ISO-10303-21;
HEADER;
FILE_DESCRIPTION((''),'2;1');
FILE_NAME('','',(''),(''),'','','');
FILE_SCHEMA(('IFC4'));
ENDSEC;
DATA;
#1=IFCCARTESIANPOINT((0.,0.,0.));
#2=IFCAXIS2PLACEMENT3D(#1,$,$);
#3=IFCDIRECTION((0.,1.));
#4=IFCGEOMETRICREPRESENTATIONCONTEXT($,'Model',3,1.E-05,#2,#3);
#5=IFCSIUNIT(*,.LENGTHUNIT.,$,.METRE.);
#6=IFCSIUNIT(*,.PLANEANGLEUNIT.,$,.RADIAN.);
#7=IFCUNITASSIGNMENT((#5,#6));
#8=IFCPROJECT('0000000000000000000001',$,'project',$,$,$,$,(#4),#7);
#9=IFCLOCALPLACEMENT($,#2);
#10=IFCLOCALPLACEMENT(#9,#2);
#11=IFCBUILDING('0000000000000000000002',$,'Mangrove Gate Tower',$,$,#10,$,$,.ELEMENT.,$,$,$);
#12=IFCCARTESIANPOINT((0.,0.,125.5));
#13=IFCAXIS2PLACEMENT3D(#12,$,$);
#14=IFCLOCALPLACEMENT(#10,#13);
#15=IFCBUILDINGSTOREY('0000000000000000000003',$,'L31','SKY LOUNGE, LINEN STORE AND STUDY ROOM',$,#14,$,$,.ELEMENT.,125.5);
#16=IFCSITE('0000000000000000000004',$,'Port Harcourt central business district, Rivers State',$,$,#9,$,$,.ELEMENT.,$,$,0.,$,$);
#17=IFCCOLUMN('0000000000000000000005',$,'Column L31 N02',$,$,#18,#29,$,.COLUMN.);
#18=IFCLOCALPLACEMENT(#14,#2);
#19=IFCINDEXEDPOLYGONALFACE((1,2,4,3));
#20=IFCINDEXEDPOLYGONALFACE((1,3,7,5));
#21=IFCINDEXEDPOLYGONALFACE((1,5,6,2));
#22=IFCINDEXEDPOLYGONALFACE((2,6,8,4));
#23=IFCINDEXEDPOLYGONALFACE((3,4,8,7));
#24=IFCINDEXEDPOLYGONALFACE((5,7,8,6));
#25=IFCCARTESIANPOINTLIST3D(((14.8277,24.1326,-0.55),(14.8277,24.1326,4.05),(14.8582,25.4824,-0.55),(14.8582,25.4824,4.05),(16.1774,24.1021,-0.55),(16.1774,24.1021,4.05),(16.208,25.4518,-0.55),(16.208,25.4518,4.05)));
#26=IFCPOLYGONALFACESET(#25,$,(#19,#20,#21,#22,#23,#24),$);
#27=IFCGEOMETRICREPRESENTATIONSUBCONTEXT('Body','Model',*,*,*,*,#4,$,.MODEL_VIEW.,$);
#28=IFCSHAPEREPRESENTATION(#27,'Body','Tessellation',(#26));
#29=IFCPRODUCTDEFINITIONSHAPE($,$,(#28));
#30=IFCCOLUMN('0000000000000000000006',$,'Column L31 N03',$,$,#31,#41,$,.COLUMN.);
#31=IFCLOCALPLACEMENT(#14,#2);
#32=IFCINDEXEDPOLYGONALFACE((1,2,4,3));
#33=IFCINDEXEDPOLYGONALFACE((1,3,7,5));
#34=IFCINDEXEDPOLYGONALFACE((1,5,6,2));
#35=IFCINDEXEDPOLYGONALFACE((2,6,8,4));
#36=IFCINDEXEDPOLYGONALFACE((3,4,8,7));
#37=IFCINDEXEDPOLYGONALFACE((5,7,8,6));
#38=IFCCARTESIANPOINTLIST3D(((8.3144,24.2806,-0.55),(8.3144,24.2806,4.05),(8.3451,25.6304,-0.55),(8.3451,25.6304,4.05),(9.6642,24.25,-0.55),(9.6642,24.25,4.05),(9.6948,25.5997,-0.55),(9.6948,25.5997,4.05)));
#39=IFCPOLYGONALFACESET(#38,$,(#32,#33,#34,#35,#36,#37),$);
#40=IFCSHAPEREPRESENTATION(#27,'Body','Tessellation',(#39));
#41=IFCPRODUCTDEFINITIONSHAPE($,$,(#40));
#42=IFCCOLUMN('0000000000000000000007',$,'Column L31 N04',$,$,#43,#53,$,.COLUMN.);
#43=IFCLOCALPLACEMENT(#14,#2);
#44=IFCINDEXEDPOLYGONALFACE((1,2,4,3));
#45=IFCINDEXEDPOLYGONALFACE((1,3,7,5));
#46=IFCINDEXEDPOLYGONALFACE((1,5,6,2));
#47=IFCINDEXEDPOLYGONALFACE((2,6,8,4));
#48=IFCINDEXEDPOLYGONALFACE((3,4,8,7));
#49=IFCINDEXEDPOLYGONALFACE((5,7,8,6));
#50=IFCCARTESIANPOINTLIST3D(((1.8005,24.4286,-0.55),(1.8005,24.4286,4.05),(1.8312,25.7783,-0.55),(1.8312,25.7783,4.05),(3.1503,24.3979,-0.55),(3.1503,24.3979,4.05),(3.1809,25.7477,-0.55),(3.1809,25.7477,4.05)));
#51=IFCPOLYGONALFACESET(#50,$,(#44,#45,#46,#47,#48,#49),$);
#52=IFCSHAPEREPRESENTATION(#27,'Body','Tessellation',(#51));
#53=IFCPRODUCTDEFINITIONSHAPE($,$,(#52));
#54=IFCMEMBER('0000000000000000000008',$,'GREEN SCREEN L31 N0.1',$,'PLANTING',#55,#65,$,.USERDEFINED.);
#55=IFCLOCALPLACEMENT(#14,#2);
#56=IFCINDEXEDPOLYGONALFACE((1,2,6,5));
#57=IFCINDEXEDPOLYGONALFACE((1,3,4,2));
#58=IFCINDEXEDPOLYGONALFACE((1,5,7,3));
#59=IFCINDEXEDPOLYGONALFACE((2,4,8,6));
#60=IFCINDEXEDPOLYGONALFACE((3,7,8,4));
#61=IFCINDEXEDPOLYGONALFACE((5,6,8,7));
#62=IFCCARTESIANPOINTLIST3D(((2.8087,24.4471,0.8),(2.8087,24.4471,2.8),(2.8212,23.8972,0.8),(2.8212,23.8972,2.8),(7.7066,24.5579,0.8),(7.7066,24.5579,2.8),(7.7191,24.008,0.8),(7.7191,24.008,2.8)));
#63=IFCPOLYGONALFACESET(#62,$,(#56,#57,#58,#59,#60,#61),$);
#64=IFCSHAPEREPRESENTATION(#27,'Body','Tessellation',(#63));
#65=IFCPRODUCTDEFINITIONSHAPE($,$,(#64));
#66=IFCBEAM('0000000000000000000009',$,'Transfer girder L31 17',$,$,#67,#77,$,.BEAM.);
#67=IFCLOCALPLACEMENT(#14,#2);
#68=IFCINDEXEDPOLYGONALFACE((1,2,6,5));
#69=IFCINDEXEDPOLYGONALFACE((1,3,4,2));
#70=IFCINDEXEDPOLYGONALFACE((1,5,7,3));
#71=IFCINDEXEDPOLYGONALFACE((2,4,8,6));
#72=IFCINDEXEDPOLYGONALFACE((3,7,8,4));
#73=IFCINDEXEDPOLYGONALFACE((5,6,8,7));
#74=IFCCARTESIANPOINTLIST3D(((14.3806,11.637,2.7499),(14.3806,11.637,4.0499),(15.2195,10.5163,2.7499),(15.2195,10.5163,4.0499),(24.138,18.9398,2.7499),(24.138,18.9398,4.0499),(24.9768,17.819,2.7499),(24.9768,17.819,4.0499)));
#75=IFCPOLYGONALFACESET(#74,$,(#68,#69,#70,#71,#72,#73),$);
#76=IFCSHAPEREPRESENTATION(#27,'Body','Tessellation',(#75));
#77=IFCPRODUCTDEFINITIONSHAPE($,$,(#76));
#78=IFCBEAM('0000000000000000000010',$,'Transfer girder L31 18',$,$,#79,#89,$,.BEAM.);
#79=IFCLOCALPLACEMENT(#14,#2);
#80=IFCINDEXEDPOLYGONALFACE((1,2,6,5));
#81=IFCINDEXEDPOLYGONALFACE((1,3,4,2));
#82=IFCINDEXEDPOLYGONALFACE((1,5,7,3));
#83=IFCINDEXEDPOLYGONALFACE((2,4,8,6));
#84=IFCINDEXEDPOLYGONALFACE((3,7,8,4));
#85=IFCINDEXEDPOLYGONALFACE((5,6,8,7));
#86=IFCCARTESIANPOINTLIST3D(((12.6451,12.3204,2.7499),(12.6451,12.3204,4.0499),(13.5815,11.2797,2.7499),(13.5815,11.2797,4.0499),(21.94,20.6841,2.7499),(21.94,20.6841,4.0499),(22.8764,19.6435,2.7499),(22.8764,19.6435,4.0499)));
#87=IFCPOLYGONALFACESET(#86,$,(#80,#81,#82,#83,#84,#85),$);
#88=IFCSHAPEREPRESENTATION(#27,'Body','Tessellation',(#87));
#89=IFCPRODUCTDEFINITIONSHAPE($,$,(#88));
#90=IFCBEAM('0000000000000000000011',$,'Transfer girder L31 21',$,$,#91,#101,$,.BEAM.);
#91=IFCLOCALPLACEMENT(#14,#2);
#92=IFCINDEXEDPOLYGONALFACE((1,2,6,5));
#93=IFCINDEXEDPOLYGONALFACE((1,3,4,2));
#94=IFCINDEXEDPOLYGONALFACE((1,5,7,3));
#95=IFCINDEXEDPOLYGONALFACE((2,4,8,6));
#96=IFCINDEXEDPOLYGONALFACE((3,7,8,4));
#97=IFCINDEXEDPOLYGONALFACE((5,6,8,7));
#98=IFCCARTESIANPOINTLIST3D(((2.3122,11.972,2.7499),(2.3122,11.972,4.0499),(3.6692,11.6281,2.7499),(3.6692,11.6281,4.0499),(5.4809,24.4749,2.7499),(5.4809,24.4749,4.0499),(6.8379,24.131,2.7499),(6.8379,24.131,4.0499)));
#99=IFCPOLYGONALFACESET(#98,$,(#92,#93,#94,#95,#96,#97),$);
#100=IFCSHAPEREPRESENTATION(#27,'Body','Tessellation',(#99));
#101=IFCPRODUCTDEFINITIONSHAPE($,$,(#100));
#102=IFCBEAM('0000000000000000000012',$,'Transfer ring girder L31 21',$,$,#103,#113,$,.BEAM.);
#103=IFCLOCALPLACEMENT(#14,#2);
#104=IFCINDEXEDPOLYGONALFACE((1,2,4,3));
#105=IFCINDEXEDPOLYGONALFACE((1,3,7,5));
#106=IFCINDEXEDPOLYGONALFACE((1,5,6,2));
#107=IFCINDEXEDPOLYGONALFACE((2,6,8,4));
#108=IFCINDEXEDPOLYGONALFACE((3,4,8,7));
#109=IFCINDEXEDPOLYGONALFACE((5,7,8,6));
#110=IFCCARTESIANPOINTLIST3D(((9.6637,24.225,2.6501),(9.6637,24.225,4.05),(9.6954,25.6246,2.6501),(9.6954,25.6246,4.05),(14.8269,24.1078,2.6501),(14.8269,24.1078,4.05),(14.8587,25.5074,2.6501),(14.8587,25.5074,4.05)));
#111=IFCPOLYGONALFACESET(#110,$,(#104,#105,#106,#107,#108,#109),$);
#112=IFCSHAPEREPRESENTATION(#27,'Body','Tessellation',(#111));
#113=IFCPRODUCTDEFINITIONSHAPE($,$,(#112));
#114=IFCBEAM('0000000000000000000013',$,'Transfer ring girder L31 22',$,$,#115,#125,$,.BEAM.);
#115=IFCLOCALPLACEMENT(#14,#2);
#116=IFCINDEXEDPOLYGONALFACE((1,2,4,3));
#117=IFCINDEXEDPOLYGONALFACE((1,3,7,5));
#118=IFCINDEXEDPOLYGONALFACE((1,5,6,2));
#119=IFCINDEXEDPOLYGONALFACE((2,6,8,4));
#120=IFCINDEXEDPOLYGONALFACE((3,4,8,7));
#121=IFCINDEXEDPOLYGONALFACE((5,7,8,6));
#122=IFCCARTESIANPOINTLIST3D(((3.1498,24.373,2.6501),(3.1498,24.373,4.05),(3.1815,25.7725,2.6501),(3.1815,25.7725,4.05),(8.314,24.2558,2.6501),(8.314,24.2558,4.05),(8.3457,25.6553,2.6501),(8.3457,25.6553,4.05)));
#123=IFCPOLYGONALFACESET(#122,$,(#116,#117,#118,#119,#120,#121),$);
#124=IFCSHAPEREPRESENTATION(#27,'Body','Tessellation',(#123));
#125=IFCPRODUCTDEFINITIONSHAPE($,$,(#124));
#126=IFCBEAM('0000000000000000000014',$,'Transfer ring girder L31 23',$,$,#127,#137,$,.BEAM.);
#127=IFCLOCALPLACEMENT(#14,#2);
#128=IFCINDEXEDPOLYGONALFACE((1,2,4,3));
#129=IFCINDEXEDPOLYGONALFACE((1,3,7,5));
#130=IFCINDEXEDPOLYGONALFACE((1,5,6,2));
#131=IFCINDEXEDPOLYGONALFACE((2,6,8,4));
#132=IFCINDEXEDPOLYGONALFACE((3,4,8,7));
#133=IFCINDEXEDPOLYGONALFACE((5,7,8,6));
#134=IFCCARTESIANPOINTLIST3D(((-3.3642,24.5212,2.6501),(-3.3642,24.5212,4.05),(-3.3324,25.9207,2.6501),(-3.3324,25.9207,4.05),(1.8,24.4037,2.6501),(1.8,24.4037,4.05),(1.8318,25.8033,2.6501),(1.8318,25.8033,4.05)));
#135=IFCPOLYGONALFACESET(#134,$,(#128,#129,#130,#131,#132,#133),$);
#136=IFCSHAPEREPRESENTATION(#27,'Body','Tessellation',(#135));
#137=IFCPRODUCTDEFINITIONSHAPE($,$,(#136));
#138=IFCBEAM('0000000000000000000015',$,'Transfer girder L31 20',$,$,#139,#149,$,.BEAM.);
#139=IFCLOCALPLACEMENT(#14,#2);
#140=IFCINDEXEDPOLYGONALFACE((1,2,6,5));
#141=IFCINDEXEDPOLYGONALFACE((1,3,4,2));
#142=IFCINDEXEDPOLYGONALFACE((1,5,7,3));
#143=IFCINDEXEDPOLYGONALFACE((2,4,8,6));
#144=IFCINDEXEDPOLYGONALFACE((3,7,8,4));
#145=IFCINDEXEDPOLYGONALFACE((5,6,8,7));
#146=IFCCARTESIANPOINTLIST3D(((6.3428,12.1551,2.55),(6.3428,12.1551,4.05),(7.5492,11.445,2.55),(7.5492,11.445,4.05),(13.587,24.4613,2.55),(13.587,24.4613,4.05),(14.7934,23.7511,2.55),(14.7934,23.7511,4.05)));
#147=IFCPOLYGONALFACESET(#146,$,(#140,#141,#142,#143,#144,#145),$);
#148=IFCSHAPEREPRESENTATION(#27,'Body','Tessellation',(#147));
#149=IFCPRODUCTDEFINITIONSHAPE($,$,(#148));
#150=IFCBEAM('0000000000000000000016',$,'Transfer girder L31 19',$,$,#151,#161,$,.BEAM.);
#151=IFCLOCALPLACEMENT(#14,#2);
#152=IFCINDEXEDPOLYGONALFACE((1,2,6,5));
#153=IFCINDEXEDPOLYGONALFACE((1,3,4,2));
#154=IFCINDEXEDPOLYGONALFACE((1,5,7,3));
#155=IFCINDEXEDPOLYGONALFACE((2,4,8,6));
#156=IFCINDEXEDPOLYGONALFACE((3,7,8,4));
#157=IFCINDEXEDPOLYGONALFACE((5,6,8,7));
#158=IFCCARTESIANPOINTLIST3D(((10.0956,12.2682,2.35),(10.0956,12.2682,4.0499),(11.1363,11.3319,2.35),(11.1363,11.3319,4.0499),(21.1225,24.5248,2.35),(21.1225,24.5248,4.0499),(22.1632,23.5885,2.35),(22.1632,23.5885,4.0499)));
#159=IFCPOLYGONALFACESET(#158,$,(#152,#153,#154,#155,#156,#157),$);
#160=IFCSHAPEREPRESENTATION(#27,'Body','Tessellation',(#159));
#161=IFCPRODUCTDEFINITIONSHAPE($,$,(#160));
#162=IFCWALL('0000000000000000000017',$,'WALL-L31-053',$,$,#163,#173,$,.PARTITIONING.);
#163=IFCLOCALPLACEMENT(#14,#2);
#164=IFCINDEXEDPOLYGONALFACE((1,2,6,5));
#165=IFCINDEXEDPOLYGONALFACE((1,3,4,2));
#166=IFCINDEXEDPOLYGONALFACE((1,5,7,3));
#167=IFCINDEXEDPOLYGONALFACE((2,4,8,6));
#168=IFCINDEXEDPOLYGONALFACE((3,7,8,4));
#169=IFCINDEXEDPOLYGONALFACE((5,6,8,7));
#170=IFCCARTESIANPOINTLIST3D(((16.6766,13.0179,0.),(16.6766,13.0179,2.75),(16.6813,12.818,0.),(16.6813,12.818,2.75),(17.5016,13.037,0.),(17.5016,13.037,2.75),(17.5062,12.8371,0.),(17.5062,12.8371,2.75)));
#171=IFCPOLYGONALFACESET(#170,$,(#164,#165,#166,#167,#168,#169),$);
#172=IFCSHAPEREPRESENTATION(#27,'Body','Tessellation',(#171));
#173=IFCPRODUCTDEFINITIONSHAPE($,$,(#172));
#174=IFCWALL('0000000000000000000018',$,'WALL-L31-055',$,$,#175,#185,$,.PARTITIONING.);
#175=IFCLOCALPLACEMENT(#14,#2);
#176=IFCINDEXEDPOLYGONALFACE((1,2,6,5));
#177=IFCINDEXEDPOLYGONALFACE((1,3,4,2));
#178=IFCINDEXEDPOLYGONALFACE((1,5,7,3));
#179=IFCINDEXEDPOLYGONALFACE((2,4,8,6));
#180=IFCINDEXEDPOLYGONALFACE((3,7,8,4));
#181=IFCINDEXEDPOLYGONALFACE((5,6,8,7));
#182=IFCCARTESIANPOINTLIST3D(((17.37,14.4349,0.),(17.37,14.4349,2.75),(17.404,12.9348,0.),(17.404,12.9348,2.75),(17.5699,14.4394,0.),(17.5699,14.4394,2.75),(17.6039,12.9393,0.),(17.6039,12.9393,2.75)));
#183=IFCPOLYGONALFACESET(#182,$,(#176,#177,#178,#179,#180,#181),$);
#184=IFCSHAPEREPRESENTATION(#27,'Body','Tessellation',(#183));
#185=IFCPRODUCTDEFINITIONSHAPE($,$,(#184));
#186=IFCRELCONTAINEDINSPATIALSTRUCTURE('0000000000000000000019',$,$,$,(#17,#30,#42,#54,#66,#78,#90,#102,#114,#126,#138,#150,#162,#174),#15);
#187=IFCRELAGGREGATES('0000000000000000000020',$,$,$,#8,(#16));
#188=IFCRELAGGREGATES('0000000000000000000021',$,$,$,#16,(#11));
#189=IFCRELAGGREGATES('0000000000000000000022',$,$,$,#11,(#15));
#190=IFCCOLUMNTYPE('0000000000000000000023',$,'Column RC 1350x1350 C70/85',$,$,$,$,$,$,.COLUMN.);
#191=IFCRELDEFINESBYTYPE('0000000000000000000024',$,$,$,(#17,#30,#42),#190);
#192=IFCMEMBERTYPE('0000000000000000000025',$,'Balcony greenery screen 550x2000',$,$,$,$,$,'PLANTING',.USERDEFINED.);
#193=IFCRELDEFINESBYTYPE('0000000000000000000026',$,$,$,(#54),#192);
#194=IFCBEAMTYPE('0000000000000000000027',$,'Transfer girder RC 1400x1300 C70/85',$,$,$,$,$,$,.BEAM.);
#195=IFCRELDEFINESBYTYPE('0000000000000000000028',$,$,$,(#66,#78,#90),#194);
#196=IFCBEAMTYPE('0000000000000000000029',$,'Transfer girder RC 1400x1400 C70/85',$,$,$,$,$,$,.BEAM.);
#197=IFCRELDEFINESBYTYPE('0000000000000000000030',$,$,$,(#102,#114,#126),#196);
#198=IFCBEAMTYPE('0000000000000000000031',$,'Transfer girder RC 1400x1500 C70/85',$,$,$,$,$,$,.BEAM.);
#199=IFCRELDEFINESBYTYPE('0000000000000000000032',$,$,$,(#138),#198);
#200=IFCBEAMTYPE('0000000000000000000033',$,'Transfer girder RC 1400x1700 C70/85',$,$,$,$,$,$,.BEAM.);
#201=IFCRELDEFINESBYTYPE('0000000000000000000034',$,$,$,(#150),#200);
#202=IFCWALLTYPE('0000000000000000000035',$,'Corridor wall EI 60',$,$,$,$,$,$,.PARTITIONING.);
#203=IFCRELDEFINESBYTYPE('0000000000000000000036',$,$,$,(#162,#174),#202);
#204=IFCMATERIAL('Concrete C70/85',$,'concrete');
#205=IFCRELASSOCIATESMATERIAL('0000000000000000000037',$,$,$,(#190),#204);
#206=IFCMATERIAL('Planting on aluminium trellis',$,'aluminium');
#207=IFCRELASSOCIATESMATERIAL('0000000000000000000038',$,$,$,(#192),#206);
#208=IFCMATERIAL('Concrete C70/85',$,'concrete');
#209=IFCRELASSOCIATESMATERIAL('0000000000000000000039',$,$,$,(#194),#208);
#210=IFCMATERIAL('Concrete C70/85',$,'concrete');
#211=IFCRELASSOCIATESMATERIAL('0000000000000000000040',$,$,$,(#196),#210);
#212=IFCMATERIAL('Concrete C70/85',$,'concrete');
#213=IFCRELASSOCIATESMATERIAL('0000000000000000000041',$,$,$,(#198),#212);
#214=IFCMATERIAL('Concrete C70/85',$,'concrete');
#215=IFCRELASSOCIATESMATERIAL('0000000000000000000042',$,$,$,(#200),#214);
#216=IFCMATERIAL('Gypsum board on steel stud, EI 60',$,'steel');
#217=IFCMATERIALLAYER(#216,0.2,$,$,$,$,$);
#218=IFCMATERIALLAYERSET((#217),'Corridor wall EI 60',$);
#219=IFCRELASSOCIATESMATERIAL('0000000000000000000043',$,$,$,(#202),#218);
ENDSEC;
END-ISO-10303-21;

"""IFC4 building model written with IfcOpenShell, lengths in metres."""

from ifc_helpers import new_model, si_unit, direction, frame, frame_2d, origin, origin_2d, place, context, subcontext, project, spatial, rectangle, extrude, material, layer, layer_set, material_profile, profile_set, type_object, element, save


model = new_model("IFC4")

# Units and contexts
model_context = context("Model", 3, precision=1e-05, world=origin(), true_north=direction((0.0, 1.0)))
body_context = subcontext(model_context, "Body", "Model", "MODEL_VIEW")
ifc_project = project(units=[si_unit("LENGTHUNIT", "METRE"), si_unit("PLANEANGLEUNIT", "RADIAN")], contexts=[model_context])

# Site, building, storey
site_placement = place(None, origin())
site = spatial("IfcSite", under=ifc_project, at=site_placement, Name="Port Harcourt central business district, Rivers State", CompositionType="ELEMENT", RefElevation=0.0)
building_placement = place(site_placement, origin())
building = spatial("IfcBuilding", under=site, at=building_placement, Name="Mangrove Gate Tower", CompositionType="ELEMENT")
storey_placement = place(building_placement, frame((0.0, 0.0, 125.5)))
storey = spatial("IfcBuildingStorey", under=building, at=storey_placement, Name="L31", Description="SKY LOUNGE, LINEN STORE AND STUDY ROOM", CompositionType="ELEMENT", Elevation=125.5)

# Columns
ifc_material_1 = material(Name="Concrete C70/85", Category="concrete")
ifc_material_profile_1 = material_profile(ifc_material_1, rectangle(XDim=1.3501, YDim=1.3501, at=origin_2d()))
ifc_profile_set_1 = profile_set([ifc_material_profile_1], Name="Concrete C70/85")
column_type = type_object("IfcColumnType", Name="Column RC 1350x1350 C70/85", PredefinedType="COLUMN", material=ifc_profile_set_1)
for number, where, z_axis, x_axis, name in (
    (1, (15.5178, 24.7922, -0.55), (0.0, 0.0, 1.0), (-0.999744, 0.022639, 0.0), "Column L31 N02"),
    (2, (9.0046, 24.9402, -0.55), (0.0, 0.0, 1.0), (-0.999742, 0.022716, 0.0), "Column L31 N03"),
    (3, (2.4907, 25.0881, -0.55), (0.0, 0.0, 1.0), (-0.999742, 0.022714, 0.0), "Column L31 N04"),
):
    element("IfcColumn", number, at=place(storey_placement, frame(where, z_axis=z_axis, x_axis=x_axis)), inside=storey, type_object=column_type, Name=name, PredefinedType="COLUMN", context=body_context, shape_type="SweptSolid", body=[
        extrude(rectangle(XDim=1.3501, YDim=1.3501, at=origin_2d()), origin(), (0.0, 0.0, 1.0), 4.6001),
    ])

# Member
ifc_material_2 = material(Name="Planting on aluminium trellis", Category="aluminium")
ifc_material_profile_2 = material_profile(ifc_material_2, rectangle(XDim=0.55, YDim=2.0, at=origin_2d()))
ifc_profile_set_2 = profile_set([ifc_material_profile_2], Name="Planting on aluminium trellis")
member_type = type_object("IfcMemberType", Name="Balcony greenery screen 550x2000", ElementType="PLANTING", PredefinedType="USERDEFINED", material=ifc_profile_set_2)
member_placement = place(storey_placement, frame((2.8149, 24.1721, 1.8), z_axis=(0.999744, 0.022624, 0.0), x_axis=(-0.022624, 0.999744, 0.0)))
element("IfcMember", 4, at=member_placement, inside=storey, type_object=member_type, Name="GREEN SCREEN L31 N0.1", ObjectType="PLANTING", PredefinedType="USERDEFINED", context=body_context, shape_type="SweptSolid", body=[
    extrude(rectangle(XDim=0.55, YDim=2.0, at=origin_2d()), origin(), (0.0, 0.0, 1.0), 4.8992),
])

# Beams
ifc_material_3 = material(Name="Concrete C70/85", Category="concrete")
ifc_material_profile_3 = material_profile(ifc_material_3, rectangle(XDim=1.3999, YDim=1.3, at=origin_2d()))
ifc_profile_set_3 = profile_set([ifc_material_profile_3], Name="Concrete C70/85")
beam_type_1 = type_object("IfcBeamType", Name="Transfer girder RC 1400x1300 C70/85", PredefinedType="BEAM", material=ifc_profile_set_3)
beam_1_placement = place(storey_placement, frame((14.8, 11.0767, 3.3999), z_axis=(0.800601, 0.599198, 0.0), x_axis=(-0.599198, 0.800601, 0.0)))
element("IfcBeam", 5, at=beam_1_placement, inside=storey, type_object=beam_type_1, Name="Transfer girder L31 17", PredefinedType="BEAM", context=body_context, shape_type="SweptSolid", body=[
    extrude(rectangle(XDim=1.3999, YDim=1.3, at=origin_2d()), origin(), (0.0, 0.0, 1.0), 12.1875),
])
beam_2_placement = place(storey_placement, frame((13.1133, 11.8, 3.3999), z_axis=(0.74336, 0.668891, 0.0), x_axis=(-0.668891, 0.74336, 0.0)))
element("IfcBeam", 6, at=beam_2_placement, inside=storey, type_object=beam_type_1, Name="Transfer girder L31 18", PredefinedType="BEAM", context=body_context, shape_type="SweptSolid", body=[
    extrude(rectangle(XDim=1.3999, YDim=1.3, at=origin_2d()), origin(), (0.0, 0.0, 1.0), 12.5039),
])
beam_3_placement = place(storey_placement, frame((2.9907, 11.8, 3.3999), z_axis=(0.24567, 0.969354, 0.0), x_axis=(-0.969354, 0.24567, 0.0)))
element("IfcBeam", 7, at=beam_3_placement, inside=storey, type_object=beam_type_1, Name="Transfer girder L31 21", PredefinedType="BEAM", context=body_context, shape_type="SweptSolid", body=[
    extrude(rectangle(XDim=1.3999, YDim=1.3, at=origin_2d()), origin(), (0.0, 0.0, 1.0), 12.8982),
])
ifc_material_4 = material(Name="Concrete C70/85", Category="concrete")
ifc_material_profile_4 = material_profile(ifc_material_4, rectangle(XDim=1.3999, YDim=1.3999, at=origin_2d()))
ifc_profile_set_4 = profile_set([ifc_material_profile_4], Name="Concrete C70/85")
beam_type_2 = type_object("IfcBeamType", Name="Transfer girder RC 1400x1400 C70/85", PredefinedType="BEAM", material=ifc_profile_set_4)
beam_4_placement = place(storey_placement, frame((14.8428, 24.8076, 3.3501), z_axis=(-0.999743, 0.02269, 0.0), x_axis=(-0.02269, -0.999743, 0.0)))
element("IfcBeam", 8, at=beam_4_placement, inside=storey, type_object=beam_type_2, Name="Transfer ring girder L31 21", PredefinedType="BEAM", context=body_context, shape_type="SweptSolid", body=[
    extrude(rectangle(XDim=1.3999, YDim=1.3999, at=origin_2d()), origin(), (0.0, 0.0, 1.0), 5.1646),
])
for number, where, z_axis, x_axis, name in (
    (9, (8.3298, 24.9556, 3.3501), (-0.999743, 0.022686, 0.0), (-0.022686, -0.999743, 0.0), "Transfer ring girder L31 22"),
    (10, (1.8159, 25.1035, 3.3501), (-0.999742, 0.022733, 0.0), (-0.022733, -0.999742, 0.0), "Transfer ring girder L31 23"),
):
    element("IfcBeam", number, at=place(storey_placement, frame(where, z_axis=z_axis, x_axis=x_axis)), inside=storey, type_object=beam_type_2, Name=name, PredefinedType="BEAM", context=body_context, shape_type="SweptSolid", body=[
        extrude(rectangle(XDim=1.3999, YDim=1.3999, at=origin_2d()), origin(), (0.0, 0.0, 1.0), 5.1655),
    ])
ifc_material_5 = material(Name="Concrete C70/85", Category="concrete")
ifc_material_profile_5 = material_profile(ifc_material_5, rectangle(XDim=1.3999, YDim=1.5, at=origin_2d()))
ifc_profile_set_5 = profile_set([ifc_material_profile_5], Name="Concrete C70/85")
beam_type_3 = type_object("IfcBeamType", Name="Transfer girder RC 1400x1500 C70/85", PredefinedType="BEAM", material=ifc_profile_set_5)
beam_5_placement = place(storey_placement, frame((6.946, 11.8, 3.3), z_axis=(0.507292, 0.861774, 0.0), x_axis=(-0.861774, 0.507292, 0.0)))
element("IfcBeam", 11, at=beam_5_placement, inside=storey, type_object=beam_type_3, Name="Transfer girder L31 20", PredefinedType="BEAM", context=body_context, shape_type="SweptSolid", body=[
    extrude(rectangle(XDim=1.3999, YDim=1.5, at=origin_2d()), origin(), (0.0, 0.0, 1.0), 14.28),
])
ifc_material_6 = material(Name="Concrete C70/85", Category="concrete")
ifc_material_profile_6 = material_profile(ifc_material_6, rectangle(XDim=1.3999, YDim=1.7, at=origin_2d()))
ifc_profile_set_6 = profile_set([ifc_material_profile_6], Name="Concrete C70/85")
beam_type_4 = type_object("IfcBeamType", Name="Transfer girder RC 1400x1700 C70/85", PredefinedType="BEAM", material=ifc_profile_set_6)
beam_6_placement = place(storey_placement, frame((10.616, 11.8, 3.2), z_axis=(0.668828, 0.743417, 0.0), x_axis=(-0.743417, 0.668828, 0.0)))
element("IfcBeam", 12, at=beam_6_placement, inside=storey, type_object=beam_type_4, Name="Transfer girder L31 19", PredefinedType="BEAM", context=body_context, shape_type="SweptSolid", body=[
    extrude(rectangle(XDim=1.3999, YDim=1.7, at=origin_2d()), origin(), (0.0, 0.0, 1.0), 16.4868),
])

# Walls
ifc_material_7 = material(Name="Gypsum board on steel stud, EI 60", Category="steel")
ifc_layer_1 = layer(ifc_material_7, 0.2)
ifc_layer_set_1 = layer_set([ifc_layer_1], Name="Corridor wall EI 60")
wall_type_1 = type_object("IfcWallType", Name="Corridor wall EI 60", PredefinedType="PARTITIONING", material=ifc_layer_set_1)
wall_1_placement = place(storey_placement, frame((16.679, 12.918, 0.0), z_axis=(0.0, 0.0, 1.0), x_axis=(0.999734, 0.023078, 0.0)))
element("IfcWall", 13, at=wall_1_placement, inside=storey, type_object=wall_type_1, Name="WALL-L31-053", PredefinedType="PARTITIONING", context=body_context, shape_type="SweptSolid", body=[
    extrude(rectangle(XDim=0.8252, YDim=0.2, at=frame_2d((0.4126, 0.0))), origin(), (0.0, 0.0, 1.0), 2.75),
])
wall_2_placement = place(storey_placement, frame((17.5039, 12.937, 0.0), z_axis=(0.0, 0.0, 1.0), x_axis=(-0.022618, 0.999744, 0.0)))
element("IfcWall", 14, at=wall_2_placement, inside=storey, type_object=wall_type_1, Name="WALL-L31-055", PredefinedType="PARTITIONING", context=body_context, shape_type="SweptSolid", body=[
    extrude(rectangle(XDim=1.5005, YDim=0.2, at=frame_2d((0.7502, 0.0))), origin(), (0.0, 0.0, 1.0), 2.75),
])

save(model, "model.ifc")
